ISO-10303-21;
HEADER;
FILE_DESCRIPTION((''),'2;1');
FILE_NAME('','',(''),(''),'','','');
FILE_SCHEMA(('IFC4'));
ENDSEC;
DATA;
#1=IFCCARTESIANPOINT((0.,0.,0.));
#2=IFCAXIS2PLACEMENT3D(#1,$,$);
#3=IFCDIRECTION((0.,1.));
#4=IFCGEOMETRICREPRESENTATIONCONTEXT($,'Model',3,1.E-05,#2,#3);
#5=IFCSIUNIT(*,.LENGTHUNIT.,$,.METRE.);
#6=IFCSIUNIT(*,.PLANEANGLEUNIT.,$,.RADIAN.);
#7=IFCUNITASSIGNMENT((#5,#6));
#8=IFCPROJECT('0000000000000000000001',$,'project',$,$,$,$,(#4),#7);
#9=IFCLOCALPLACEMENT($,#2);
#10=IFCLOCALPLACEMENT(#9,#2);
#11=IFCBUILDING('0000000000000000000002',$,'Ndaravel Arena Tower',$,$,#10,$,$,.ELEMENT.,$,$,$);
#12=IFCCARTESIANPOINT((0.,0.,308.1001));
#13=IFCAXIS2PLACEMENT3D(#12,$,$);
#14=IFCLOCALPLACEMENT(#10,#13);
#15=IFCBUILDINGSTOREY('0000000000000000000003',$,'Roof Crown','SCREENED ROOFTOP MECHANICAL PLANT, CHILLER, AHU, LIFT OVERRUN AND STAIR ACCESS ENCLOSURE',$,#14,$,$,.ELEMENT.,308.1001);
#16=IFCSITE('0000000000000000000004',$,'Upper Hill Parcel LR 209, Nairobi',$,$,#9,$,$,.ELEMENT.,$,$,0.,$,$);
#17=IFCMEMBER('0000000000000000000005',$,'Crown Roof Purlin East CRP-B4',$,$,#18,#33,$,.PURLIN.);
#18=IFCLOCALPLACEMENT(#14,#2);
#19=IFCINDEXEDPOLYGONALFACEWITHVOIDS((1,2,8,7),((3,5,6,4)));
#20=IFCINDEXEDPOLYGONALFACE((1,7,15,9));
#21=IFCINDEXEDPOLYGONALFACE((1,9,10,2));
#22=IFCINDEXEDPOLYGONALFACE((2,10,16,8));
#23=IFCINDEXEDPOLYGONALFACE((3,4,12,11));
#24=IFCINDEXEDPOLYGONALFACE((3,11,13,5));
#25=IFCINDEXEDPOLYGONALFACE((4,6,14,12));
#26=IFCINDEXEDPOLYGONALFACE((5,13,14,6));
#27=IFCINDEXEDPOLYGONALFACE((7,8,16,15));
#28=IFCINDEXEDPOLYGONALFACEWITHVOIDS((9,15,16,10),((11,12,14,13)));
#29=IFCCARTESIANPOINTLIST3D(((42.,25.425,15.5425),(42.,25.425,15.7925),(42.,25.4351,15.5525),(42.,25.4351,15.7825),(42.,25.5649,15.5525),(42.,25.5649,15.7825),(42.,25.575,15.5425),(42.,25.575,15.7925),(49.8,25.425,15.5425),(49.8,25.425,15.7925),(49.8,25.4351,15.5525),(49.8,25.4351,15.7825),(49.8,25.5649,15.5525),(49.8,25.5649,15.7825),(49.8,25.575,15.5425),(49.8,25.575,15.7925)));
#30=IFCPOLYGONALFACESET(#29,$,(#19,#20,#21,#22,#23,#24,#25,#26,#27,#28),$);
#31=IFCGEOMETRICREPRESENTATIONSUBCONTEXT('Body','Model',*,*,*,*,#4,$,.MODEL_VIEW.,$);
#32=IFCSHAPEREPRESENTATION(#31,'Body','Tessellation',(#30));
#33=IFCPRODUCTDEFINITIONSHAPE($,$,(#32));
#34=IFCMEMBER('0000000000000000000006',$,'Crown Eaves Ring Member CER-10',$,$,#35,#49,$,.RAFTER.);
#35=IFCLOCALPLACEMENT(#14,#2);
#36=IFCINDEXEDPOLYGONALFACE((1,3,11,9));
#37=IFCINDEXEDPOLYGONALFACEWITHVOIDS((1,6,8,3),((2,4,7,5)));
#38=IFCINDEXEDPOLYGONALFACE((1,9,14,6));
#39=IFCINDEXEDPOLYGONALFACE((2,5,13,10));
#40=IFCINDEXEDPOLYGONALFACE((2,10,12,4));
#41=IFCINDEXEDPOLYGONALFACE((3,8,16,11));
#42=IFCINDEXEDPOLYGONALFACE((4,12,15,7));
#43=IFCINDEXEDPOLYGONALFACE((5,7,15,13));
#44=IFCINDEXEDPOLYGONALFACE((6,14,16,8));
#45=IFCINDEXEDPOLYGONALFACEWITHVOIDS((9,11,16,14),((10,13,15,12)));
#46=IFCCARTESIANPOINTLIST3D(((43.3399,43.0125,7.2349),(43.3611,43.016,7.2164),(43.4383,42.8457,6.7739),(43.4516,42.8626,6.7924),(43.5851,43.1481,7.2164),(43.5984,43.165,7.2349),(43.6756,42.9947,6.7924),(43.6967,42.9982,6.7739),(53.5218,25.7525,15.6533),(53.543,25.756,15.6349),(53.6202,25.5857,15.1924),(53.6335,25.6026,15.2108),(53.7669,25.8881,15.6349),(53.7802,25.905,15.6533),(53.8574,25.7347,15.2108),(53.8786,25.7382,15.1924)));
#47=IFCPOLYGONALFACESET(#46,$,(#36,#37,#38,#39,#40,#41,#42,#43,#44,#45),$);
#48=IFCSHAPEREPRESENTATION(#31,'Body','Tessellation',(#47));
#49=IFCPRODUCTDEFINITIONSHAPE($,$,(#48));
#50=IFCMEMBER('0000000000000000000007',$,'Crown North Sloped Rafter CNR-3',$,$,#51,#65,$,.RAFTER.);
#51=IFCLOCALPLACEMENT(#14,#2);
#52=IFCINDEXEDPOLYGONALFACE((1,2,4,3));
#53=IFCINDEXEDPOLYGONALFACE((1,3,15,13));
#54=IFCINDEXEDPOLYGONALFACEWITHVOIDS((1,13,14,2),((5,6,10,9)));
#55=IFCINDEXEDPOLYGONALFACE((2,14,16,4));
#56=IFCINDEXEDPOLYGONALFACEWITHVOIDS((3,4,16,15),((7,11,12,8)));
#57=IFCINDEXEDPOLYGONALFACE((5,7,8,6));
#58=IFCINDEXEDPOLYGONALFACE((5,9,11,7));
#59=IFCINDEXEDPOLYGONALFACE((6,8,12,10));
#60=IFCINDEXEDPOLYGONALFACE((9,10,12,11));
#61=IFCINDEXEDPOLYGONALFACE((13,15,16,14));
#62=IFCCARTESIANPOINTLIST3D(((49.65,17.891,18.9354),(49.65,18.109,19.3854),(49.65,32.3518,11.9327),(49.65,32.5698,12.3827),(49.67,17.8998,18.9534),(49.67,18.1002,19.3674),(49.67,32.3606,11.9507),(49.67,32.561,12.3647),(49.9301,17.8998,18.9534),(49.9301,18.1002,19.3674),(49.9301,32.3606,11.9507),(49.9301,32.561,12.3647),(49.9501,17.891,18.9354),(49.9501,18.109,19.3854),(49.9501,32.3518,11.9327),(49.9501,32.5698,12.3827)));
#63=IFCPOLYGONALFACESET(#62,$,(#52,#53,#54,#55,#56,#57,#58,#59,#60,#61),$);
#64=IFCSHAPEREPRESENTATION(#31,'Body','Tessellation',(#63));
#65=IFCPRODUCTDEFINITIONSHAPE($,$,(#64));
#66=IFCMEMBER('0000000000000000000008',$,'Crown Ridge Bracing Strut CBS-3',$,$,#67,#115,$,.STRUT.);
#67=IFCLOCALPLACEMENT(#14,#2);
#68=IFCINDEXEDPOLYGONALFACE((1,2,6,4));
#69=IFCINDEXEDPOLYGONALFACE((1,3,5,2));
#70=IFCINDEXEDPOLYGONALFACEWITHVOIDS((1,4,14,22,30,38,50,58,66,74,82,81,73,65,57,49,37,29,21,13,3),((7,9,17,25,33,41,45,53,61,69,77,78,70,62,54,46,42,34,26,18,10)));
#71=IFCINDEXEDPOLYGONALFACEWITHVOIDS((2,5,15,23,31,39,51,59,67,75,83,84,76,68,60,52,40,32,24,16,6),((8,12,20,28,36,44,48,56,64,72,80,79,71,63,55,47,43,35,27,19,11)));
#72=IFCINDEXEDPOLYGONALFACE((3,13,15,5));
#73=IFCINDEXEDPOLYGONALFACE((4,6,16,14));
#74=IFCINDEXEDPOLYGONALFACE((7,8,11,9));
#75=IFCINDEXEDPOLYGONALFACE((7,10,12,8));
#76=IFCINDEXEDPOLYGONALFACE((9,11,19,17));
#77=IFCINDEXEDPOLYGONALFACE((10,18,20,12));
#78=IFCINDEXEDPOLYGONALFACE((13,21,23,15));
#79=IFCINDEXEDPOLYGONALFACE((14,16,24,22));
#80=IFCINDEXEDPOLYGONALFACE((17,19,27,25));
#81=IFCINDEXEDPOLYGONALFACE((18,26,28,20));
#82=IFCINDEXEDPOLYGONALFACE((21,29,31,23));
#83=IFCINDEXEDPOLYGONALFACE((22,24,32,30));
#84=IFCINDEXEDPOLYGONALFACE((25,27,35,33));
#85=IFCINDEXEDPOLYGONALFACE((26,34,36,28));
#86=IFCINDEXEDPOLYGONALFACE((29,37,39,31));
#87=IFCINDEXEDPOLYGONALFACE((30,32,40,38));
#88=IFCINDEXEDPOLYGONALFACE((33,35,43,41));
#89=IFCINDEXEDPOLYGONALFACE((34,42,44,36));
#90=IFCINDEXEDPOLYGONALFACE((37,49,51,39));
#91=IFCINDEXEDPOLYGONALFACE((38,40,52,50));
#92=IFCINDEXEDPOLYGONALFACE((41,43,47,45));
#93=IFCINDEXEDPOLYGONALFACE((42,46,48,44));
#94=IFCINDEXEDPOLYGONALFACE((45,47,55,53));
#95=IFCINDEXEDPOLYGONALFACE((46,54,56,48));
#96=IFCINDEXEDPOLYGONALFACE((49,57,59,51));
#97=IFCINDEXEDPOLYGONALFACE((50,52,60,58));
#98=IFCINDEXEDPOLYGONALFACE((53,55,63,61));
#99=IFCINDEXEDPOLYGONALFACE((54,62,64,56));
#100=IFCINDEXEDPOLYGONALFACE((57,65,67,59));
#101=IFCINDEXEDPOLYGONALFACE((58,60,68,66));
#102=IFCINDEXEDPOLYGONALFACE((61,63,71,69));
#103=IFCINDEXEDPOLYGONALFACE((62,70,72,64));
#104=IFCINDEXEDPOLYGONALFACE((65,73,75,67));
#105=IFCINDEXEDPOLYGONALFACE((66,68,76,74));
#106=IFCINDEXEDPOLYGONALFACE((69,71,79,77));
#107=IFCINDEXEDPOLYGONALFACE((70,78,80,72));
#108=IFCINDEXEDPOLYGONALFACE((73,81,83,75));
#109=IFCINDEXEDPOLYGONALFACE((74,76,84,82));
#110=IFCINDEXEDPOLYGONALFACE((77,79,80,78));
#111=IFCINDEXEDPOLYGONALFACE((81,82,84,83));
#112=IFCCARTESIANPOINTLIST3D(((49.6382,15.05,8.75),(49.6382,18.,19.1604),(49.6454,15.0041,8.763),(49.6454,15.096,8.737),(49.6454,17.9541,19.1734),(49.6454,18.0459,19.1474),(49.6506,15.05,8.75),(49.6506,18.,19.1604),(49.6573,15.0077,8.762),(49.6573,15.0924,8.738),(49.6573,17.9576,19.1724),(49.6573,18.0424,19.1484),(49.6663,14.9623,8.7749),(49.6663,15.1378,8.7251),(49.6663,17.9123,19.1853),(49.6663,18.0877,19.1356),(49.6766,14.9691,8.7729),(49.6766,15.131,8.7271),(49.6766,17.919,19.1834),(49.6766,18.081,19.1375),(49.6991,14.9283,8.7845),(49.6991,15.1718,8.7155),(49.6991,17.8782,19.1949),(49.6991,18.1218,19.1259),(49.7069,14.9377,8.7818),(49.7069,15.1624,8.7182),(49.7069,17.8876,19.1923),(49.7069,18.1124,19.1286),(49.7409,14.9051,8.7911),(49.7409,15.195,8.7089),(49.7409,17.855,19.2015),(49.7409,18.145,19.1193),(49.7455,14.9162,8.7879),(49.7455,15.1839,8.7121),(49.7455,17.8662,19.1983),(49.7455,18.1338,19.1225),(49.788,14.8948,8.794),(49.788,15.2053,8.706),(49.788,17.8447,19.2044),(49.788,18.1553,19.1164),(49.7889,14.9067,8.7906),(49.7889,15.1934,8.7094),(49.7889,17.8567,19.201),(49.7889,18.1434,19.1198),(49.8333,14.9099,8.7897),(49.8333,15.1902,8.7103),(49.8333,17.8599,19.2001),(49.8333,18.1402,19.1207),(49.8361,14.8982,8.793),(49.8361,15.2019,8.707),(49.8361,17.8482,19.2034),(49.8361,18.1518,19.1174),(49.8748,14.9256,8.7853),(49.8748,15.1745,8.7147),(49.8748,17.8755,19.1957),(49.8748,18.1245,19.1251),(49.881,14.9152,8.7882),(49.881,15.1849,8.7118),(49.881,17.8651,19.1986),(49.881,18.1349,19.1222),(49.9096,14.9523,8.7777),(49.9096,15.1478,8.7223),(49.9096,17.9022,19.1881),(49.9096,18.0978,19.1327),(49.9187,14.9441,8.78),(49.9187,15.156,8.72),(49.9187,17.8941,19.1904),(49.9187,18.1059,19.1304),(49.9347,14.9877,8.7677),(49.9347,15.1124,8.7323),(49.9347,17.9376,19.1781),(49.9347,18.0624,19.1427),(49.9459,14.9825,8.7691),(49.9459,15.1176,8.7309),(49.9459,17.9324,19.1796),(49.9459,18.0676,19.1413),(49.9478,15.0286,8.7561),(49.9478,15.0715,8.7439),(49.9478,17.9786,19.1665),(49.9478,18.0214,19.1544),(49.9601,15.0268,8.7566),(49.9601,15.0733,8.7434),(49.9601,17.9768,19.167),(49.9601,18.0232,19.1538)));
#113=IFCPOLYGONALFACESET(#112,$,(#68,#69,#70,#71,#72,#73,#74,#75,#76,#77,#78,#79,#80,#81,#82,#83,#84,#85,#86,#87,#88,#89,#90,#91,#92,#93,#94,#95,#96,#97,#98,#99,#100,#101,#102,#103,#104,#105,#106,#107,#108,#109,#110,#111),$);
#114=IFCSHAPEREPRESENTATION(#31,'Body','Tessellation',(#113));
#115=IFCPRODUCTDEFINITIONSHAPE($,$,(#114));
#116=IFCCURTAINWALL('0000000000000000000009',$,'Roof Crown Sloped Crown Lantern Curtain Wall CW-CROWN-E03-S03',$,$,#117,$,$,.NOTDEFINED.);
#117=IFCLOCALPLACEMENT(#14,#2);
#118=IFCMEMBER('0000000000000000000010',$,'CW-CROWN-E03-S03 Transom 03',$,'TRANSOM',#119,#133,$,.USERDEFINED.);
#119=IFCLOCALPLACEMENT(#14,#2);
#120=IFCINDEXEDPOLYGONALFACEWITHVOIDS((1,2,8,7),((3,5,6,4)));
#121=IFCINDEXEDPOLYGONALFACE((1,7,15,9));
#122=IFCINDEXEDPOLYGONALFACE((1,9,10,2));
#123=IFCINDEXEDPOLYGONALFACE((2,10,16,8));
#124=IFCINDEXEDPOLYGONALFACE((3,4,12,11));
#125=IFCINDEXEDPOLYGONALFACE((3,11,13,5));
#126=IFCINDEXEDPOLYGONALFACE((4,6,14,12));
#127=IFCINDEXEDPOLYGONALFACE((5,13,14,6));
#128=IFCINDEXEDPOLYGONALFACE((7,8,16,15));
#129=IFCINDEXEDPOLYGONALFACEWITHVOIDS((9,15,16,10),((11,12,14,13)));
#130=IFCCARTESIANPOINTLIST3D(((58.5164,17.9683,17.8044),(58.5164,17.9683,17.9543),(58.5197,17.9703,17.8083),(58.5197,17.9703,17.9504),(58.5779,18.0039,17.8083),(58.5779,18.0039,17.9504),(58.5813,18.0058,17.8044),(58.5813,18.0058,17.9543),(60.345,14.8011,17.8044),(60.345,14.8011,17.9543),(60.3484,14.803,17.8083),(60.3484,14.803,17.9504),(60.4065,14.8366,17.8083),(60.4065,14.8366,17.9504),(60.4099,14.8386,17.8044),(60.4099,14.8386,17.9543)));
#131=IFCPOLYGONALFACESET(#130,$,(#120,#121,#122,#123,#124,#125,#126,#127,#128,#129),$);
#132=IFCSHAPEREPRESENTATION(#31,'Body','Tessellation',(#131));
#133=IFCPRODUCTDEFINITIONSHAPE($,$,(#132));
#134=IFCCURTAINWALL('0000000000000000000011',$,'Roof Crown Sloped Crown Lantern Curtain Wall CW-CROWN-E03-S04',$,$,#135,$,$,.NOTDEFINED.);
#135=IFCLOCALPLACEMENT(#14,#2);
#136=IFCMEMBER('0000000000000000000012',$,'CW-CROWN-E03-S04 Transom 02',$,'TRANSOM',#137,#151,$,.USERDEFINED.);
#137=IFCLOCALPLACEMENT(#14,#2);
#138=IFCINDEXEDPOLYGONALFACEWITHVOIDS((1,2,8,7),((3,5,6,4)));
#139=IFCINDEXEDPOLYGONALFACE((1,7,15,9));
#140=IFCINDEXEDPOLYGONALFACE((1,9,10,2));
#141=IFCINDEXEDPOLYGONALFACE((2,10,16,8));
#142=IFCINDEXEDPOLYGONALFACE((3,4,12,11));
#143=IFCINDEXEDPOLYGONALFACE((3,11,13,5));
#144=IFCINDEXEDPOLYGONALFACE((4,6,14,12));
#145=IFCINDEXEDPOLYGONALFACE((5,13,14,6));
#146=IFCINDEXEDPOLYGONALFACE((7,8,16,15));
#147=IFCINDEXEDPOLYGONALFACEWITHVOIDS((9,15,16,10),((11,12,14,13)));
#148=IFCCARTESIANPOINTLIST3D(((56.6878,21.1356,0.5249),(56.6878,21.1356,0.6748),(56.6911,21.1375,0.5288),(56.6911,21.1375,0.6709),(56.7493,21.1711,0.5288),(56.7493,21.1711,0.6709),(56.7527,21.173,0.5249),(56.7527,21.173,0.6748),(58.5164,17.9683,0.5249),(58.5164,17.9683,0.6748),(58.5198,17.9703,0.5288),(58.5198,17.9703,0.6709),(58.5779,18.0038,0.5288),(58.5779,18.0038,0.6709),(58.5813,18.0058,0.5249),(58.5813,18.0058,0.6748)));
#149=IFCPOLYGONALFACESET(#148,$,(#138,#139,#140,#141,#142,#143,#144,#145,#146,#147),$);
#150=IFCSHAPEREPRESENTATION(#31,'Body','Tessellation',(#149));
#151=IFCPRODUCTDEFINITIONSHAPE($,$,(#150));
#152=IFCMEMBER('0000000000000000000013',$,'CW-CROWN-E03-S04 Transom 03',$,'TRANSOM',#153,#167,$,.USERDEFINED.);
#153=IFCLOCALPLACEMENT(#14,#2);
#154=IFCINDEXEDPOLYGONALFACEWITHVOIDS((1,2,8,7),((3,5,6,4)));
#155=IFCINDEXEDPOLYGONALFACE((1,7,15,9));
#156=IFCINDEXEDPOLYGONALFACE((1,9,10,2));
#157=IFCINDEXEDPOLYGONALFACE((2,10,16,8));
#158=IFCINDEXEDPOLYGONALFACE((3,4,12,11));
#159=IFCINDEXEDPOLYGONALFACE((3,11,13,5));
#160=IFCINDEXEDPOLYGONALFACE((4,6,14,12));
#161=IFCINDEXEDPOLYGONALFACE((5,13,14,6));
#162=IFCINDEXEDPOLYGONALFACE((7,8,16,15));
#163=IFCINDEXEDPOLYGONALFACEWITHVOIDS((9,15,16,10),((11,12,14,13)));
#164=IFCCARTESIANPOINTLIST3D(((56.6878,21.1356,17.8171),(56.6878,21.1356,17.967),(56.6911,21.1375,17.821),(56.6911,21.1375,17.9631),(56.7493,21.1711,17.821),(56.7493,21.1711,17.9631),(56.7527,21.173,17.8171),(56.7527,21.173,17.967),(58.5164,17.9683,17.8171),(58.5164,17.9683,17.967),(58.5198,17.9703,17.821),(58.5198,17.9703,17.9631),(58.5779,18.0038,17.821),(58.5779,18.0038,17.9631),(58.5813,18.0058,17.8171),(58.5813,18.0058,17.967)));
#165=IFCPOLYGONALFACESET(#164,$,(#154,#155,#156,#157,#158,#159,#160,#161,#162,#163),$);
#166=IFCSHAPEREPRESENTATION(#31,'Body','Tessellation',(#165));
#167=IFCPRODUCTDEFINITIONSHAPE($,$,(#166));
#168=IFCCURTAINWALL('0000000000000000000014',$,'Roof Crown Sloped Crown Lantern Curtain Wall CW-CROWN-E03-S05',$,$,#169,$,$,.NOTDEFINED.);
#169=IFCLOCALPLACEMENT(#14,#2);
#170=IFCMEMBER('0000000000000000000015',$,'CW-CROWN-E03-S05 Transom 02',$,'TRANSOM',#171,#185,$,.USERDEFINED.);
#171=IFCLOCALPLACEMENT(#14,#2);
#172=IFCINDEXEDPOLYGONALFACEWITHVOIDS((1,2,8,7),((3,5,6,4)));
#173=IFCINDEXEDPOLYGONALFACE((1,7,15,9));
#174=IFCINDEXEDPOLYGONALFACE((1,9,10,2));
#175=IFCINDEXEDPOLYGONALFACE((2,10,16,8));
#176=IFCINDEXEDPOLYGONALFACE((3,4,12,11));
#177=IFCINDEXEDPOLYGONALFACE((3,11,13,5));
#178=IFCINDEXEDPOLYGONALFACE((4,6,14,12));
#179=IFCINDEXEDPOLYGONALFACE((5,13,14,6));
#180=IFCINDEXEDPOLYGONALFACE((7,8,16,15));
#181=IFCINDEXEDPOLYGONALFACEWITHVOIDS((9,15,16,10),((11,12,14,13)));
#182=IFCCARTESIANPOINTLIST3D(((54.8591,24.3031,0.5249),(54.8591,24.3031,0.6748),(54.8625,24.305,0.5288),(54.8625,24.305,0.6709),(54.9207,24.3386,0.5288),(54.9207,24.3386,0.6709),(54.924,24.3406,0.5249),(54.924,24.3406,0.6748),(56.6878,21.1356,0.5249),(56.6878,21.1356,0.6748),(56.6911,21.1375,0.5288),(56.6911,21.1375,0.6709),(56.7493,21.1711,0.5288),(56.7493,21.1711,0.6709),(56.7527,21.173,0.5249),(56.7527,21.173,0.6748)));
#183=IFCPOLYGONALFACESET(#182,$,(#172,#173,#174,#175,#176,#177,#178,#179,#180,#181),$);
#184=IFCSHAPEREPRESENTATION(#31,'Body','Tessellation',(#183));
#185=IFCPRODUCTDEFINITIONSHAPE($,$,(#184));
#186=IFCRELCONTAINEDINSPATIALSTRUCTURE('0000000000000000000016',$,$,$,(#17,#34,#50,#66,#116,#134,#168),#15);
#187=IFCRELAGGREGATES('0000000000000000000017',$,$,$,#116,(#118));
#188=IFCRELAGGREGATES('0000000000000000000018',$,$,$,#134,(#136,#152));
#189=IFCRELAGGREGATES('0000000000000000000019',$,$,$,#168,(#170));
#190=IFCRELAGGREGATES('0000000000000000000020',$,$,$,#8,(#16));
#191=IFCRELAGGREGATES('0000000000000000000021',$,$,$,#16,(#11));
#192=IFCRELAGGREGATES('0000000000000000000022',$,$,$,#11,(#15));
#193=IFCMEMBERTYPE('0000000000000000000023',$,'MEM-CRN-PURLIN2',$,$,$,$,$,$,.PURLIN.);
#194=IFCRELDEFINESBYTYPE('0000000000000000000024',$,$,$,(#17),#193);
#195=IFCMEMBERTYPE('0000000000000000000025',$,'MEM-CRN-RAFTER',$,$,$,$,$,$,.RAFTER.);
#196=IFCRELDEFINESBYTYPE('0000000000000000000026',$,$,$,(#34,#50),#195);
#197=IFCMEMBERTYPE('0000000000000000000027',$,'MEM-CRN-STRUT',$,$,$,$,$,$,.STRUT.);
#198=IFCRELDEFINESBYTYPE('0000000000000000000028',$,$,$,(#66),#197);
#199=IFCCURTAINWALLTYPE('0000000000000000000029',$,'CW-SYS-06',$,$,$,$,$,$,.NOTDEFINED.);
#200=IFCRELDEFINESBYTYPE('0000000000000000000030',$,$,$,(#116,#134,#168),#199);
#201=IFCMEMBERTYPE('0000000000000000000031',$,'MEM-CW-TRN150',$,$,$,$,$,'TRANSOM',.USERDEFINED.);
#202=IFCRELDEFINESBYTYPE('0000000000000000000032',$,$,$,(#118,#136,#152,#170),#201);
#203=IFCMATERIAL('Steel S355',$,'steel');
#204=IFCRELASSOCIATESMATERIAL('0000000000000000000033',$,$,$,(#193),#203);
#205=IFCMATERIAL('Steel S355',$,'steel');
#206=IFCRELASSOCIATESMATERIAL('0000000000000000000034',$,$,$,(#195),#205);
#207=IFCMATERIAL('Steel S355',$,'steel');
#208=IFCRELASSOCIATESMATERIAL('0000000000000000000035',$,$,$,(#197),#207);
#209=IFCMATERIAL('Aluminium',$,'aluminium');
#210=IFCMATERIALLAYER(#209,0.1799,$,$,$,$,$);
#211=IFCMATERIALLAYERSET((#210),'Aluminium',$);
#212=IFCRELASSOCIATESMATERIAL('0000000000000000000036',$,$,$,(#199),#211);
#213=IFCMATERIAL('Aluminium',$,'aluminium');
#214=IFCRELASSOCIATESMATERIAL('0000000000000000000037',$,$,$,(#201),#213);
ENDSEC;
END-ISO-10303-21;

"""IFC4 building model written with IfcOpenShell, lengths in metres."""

from ifc_helpers import new_model, si_unit, direction, frame, origin, origin_2d, place, context, subcontext, project, spatial, hollow_rectangle, hollow_circle, extrude, material, layer, layer_set, material_profile, profile_set, type_object, element, aggregate, save


model = new_model("IFC4")

# Units and contexts
model_context = context("Model", 3, precision=1e-05, world=origin(), true_north=direction((0.0, 1.0)))
body_context = subcontext(model_context, "Body", "Model", "MODEL_VIEW")
ifc_project = project(units=[si_unit("LENGTHUNIT", "METRE"), si_unit("PLANEANGLEUNIT", "RADIAN")], contexts=[model_context])

# Site, building, storey
site_placement = place(None, origin())
site = spatial("IfcSite", under=ifc_project, at=site_placement, Name="Upper Hill Parcel LR 209, Nairobi", CompositionType="ELEMENT", RefElevation=0.0)
building_placement = place(site_placement, origin())
building = spatial("IfcBuilding", under=site, at=building_placement, Name="Ndaravel Arena Tower", CompositionType="ELEMENT")
storey_placement = place(building_placement, frame((0.0, 0.0, 308.1001)))
storey = spatial("IfcBuildingStorey", under=building, at=storey_placement, Name="Roof Crown", Description="SCREENED ROOFTOP MECHANICAL PLANT, CHILLER, AHU, LIFT OVERRUN AND STAIR ACCESS ENCLOSURE", CompositionType="ELEMENT", Elevation=308.1001)

# Members
ifc_material_1 = material(Name="Steel S355", Category="steel")
ifc_material_profile_1 = material_profile(ifc_material_1, hollow_rectangle(XDim=0.1499, YDim=0.25, WallThickness=0.01, at=origin_2d()), Name="RHS 250x150x10")
ifc_profile_set_1 = profile_set([ifc_material_profile_1], Name="Steel S355")
member_type_1 = type_object("IfcMemberType", Name="MEM-CRN-PURLIN2", PredefinedType="PURLIN", material=ifc_profile_set_1)
member_1_placement = place(storey_placement, frame((42.0, 25.5, 15.6675), z_axis=(1.0, 0.0, 0.0), x_axis=(0.0, 1.0, 0.0)))
element("IfcMember", 1, at=member_1_placement, inside=storey, type_object=member_type_1, Name="Crown Roof Purlin East CRP-B4", PredefinedType="PURLIN", context=body_context, shape_type="SweptSolid", body=[
    extrude(hollow_rectangle(XDim=0.1499, YDim=0.25, WallThickness=0.01, at=origin_2d()), origin(), (0.0, 0.0, 1.0), 7.8),
])
ifc_material_2 = material(Name="Steel S355", Category="steel")
ifc_material_profile_2 = material_profile(ifc_material_2, hollow_rectangle(XDim=0.3, YDim=0.5, WallThickness=0.02, at=origin_2d()), Name="RHS 500x300x20")
ifc_profile_set_2 = profile_set([ifc_material_profile_2], Name="Steel S355")
member_type_2 = type_object("IfcMemberType", Name="MEM-CRN-RAFTER", PredefinedType="RAFTER", material=ifc_profile_set_2)
member_2_placement = place(storey_placement, frame((53.7002, 25.7454, 15.4229), z_axis=(-0.468436, 0.794079, -0.387307), x_axis=(-0.861302, -0.508093, 0.0)))
element("IfcMember", 2, at=member_2_placement, inside=storey, type_object=member_type_2, Name="Crown Eaves Ring Member CER-10", PredefinedType="RAFTER", context=body_context, shape_type="SweptSolid", body=[
    extrude(hollow_rectangle(XDim=0.3, YDim=0.5, WallThickness=0.02, at=origin_2d()), origin(), (0.0, 0.0, 1.0), 21.7358),
])
member_3_placement = place(storey_placement, frame((49.8, 18.0, 19.1604), z_axis=(0.0, 0.900023, -0.435842), x_axis=(-1.0, 0.0, 0.0)))
element("IfcMember", 3, at=member_3_placement, inside=storey, type_object=member_type_2, Name="Crown North Sloped Rafter CNR-3", PredefinedType="RAFTER", context=body_context, shape_type="SweptSolid", body=[
    extrude(hollow_rectangle(XDim=0.3, YDim=0.5, WallThickness=0.02, at=origin_2d()), origin(), (0.0, 0.0, 1.0), 16.0671),
])
ifc_material_3 = material(Name="Steel S355", Category="steel")
ifc_material_profile_3 = material_profile(ifc_material_3, hollow_circle(Radius=0.1619, WallThickness=0.0125, at=origin_2d()), Name="CHS 323.9x12.5")
ifc_profile_set_3 = profile_set([ifc_material_profile_3], Name="Steel S355")
member_type_3 = type_object("IfcMemberType", Name="MEM-CRN-STRUT", PredefinedType="STRUT", material=ifc_profile_set_3)
member_4_placement = place(storey_placement, frame((49.8, 15.05, 8.75), z_axis=(0.0, 0.272631, 0.962119), x_axis=(-1.0, 0.0, 0.0)))
element("IfcMember", 4, at=member_4_placement, inside=storey, type_object=member_type_3, Name="Crown Ridge Bracing Strut CBS-3", PredefinedType="STRUT", context=body_context, shape_type="SweptSolid", body=[
    extrude(hollow_circle(Radius=0.1619, WallThickness=0.0125, at=origin_2d()), origin(), (0.0, 0.0, 1.0), 10.8203),
])

# Curtain wall, member
ifc_material_4 = material(Name="Aluminium", Category="aluminium")
ifc_layer_1 = layer(ifc_material_4, 0.1799)
ifc_layer_set_1 = layer_set([ifc_layer_1], Name="Aluminium")
curtain_wall_type = type_object("IfcCurtainWallType", Name="CW-SYS-06", PredefinedType="NOTDEFINED", material=ifc_layer_set_1)
curtain_wall_1_placement = place(storey_placement, origin())
curtain_wall_1 = element("IfcCurtainWall", 5, at=curtain_wall_1_placement, inside=storey, type_object=curtain_wall_type, Name="Roof Crown Sloped Crown Lantern Curtain Wall CW-CROWN-E03-S03", PredefinedType="NOTDEFINED")
ifc_material_5 = material(Name="Aluminium", Category="aluminium")
ifc_material_profile_4 = material_profile(ifc_material_5, hollow_rectangle(XDim=0.075, YDim=0.1499, WallThickness=0.0039, at=origin_2d()), Name="CW TRANSOM 75x150x4")
ifc_profile_set_4 = profile_set([ifc_material_profile_4], Name="Aluminium")
member_type_4 = type_object("IfcMemberType", Name="MEM-CW-TRN150", ElementType="TRANSOM", PredefinedType="USERDEFINED", material=ifc_profile_set_4)
member_5_placement = place(storey_placement, frame((60.3774, 14.8198, 17.8794), z_axis=(-0.500002, 0.866024, 0.0), x_axis=(-0.866024, -0.500002, 0.0)))
member_5 = element("IfcMember", 6, at=member_5_placement, type_object=member_type_4, Name="CW-CROWN-E03-S03 Transom 03", ObjectType="TRANSOM", PredefinedType="USERDEFINED", context=body_context, shape_type="SweptSolid", body=[
    extrude(hollow_rectangle(XDim=0.075, YDim=0.1499, WallThickness=0.0039, at=origin_2d()), origin(), (0.0, 0.0, 1.0), 3.6572),
])

# Curtain walls, members
curtain_wall_2_placement = place(storey_placement, origin())
curtain_wall_2 = element("IfcCurtainWall", 7, at=curtain_wall_2_placement, inside=storey, type_object=curtain_wall_type, Name="Roof Crown Sloped Crown Lantern Curtain Wall CW-CROWN-E03-S04", PredefinedType="NOTDEFINED")
member_6_placement = place(storey_placement, frame((58.5488, 17.9871, 0.5999), z_axis=(-0.500002, 0.866024, 0.0), x_axis=(-0.866024, -0.500002, 0.0)))
member_6 = element("IfcMember", 8, at=member_6_placement, type_object=member_type_4, Name="CW-CROWN-E03-S04 Transom 02", ObjectType="TRANSOM", PredefinedType="USERDEFINED", context=body_context, shape_type="SweptSolid", body=[
    extrude(hollow_rectangle(XDim=0.075, YDim=0.1499, WallThickness=0.0039, at=origin_2d()), origin(), (0.0, 0.0, 1.0), 3.6572),
])
member_7_placement = place(storey_placement, frame((58.5488, 17.9871, 17.8921), z_axis=(-0.500002, 0.866024, 0.0), x_axis=(-0.866024, -0.500002, 0.0)))
member_7 = element("IfcMember", 9, at=member_7_placement, type_object=member_type_4, Name="CW-CROWN-E03-S04 Transom 03", ObjectType="TRANSOM", PredefinedType="USERDEFINED", context=body_context, shape_type="SweptSolid", body=[
    extrude(hollow_rectangle(XDim=0.075, YDim=0.1499, WallThickness=0.0039, at=origin_2d()), origin(), (0.0, 0.0, 1.0), 3.6572),
])
curtain_wall_3_placement = place(storey_placement, origin())
curtain_wall_3 = element("IfcCurtainWall", 10, at=curtain_wall_3_placement, inside=storey, type_object=curtain_wall_type, Name="Roof Crown Sloped Crown Lantern Curtain Wall CW-CROWN-E03-S05", PredefinedType="NOTDEFINED")
member_8_placement = place(storey_placement, frame((56.7202, 21.1543, 0.5999), z_axis=(-0.499973, 0.866041, 0.0), x_axis=(-0.866041, -0.499973, 0.0)))
member_8 = element("IfcMember", 11, at=member_8_placement, type_object=member_type_4, Name="CW-CROWN-E03-S05 Transom 02", ObjectType="TRANSOM", PredefinedType="USERDEFINED", context=body_context, shape_type="SweptSolid", body=[
    extrude(hollow_rectangle(XDim=0.075, YDim=0.1499, WallThickness=0.0039, at=origin_2d()), origin(), (0.0, 0.0, 1.0), 3.6575),
])

aggregate(curtain_wall_1, [member_5])
aggregate(curtain_wall_2, [member_6, member_7])
aggregate(curtain_wall_3, [member_8])

save(model, "model.ifc")
